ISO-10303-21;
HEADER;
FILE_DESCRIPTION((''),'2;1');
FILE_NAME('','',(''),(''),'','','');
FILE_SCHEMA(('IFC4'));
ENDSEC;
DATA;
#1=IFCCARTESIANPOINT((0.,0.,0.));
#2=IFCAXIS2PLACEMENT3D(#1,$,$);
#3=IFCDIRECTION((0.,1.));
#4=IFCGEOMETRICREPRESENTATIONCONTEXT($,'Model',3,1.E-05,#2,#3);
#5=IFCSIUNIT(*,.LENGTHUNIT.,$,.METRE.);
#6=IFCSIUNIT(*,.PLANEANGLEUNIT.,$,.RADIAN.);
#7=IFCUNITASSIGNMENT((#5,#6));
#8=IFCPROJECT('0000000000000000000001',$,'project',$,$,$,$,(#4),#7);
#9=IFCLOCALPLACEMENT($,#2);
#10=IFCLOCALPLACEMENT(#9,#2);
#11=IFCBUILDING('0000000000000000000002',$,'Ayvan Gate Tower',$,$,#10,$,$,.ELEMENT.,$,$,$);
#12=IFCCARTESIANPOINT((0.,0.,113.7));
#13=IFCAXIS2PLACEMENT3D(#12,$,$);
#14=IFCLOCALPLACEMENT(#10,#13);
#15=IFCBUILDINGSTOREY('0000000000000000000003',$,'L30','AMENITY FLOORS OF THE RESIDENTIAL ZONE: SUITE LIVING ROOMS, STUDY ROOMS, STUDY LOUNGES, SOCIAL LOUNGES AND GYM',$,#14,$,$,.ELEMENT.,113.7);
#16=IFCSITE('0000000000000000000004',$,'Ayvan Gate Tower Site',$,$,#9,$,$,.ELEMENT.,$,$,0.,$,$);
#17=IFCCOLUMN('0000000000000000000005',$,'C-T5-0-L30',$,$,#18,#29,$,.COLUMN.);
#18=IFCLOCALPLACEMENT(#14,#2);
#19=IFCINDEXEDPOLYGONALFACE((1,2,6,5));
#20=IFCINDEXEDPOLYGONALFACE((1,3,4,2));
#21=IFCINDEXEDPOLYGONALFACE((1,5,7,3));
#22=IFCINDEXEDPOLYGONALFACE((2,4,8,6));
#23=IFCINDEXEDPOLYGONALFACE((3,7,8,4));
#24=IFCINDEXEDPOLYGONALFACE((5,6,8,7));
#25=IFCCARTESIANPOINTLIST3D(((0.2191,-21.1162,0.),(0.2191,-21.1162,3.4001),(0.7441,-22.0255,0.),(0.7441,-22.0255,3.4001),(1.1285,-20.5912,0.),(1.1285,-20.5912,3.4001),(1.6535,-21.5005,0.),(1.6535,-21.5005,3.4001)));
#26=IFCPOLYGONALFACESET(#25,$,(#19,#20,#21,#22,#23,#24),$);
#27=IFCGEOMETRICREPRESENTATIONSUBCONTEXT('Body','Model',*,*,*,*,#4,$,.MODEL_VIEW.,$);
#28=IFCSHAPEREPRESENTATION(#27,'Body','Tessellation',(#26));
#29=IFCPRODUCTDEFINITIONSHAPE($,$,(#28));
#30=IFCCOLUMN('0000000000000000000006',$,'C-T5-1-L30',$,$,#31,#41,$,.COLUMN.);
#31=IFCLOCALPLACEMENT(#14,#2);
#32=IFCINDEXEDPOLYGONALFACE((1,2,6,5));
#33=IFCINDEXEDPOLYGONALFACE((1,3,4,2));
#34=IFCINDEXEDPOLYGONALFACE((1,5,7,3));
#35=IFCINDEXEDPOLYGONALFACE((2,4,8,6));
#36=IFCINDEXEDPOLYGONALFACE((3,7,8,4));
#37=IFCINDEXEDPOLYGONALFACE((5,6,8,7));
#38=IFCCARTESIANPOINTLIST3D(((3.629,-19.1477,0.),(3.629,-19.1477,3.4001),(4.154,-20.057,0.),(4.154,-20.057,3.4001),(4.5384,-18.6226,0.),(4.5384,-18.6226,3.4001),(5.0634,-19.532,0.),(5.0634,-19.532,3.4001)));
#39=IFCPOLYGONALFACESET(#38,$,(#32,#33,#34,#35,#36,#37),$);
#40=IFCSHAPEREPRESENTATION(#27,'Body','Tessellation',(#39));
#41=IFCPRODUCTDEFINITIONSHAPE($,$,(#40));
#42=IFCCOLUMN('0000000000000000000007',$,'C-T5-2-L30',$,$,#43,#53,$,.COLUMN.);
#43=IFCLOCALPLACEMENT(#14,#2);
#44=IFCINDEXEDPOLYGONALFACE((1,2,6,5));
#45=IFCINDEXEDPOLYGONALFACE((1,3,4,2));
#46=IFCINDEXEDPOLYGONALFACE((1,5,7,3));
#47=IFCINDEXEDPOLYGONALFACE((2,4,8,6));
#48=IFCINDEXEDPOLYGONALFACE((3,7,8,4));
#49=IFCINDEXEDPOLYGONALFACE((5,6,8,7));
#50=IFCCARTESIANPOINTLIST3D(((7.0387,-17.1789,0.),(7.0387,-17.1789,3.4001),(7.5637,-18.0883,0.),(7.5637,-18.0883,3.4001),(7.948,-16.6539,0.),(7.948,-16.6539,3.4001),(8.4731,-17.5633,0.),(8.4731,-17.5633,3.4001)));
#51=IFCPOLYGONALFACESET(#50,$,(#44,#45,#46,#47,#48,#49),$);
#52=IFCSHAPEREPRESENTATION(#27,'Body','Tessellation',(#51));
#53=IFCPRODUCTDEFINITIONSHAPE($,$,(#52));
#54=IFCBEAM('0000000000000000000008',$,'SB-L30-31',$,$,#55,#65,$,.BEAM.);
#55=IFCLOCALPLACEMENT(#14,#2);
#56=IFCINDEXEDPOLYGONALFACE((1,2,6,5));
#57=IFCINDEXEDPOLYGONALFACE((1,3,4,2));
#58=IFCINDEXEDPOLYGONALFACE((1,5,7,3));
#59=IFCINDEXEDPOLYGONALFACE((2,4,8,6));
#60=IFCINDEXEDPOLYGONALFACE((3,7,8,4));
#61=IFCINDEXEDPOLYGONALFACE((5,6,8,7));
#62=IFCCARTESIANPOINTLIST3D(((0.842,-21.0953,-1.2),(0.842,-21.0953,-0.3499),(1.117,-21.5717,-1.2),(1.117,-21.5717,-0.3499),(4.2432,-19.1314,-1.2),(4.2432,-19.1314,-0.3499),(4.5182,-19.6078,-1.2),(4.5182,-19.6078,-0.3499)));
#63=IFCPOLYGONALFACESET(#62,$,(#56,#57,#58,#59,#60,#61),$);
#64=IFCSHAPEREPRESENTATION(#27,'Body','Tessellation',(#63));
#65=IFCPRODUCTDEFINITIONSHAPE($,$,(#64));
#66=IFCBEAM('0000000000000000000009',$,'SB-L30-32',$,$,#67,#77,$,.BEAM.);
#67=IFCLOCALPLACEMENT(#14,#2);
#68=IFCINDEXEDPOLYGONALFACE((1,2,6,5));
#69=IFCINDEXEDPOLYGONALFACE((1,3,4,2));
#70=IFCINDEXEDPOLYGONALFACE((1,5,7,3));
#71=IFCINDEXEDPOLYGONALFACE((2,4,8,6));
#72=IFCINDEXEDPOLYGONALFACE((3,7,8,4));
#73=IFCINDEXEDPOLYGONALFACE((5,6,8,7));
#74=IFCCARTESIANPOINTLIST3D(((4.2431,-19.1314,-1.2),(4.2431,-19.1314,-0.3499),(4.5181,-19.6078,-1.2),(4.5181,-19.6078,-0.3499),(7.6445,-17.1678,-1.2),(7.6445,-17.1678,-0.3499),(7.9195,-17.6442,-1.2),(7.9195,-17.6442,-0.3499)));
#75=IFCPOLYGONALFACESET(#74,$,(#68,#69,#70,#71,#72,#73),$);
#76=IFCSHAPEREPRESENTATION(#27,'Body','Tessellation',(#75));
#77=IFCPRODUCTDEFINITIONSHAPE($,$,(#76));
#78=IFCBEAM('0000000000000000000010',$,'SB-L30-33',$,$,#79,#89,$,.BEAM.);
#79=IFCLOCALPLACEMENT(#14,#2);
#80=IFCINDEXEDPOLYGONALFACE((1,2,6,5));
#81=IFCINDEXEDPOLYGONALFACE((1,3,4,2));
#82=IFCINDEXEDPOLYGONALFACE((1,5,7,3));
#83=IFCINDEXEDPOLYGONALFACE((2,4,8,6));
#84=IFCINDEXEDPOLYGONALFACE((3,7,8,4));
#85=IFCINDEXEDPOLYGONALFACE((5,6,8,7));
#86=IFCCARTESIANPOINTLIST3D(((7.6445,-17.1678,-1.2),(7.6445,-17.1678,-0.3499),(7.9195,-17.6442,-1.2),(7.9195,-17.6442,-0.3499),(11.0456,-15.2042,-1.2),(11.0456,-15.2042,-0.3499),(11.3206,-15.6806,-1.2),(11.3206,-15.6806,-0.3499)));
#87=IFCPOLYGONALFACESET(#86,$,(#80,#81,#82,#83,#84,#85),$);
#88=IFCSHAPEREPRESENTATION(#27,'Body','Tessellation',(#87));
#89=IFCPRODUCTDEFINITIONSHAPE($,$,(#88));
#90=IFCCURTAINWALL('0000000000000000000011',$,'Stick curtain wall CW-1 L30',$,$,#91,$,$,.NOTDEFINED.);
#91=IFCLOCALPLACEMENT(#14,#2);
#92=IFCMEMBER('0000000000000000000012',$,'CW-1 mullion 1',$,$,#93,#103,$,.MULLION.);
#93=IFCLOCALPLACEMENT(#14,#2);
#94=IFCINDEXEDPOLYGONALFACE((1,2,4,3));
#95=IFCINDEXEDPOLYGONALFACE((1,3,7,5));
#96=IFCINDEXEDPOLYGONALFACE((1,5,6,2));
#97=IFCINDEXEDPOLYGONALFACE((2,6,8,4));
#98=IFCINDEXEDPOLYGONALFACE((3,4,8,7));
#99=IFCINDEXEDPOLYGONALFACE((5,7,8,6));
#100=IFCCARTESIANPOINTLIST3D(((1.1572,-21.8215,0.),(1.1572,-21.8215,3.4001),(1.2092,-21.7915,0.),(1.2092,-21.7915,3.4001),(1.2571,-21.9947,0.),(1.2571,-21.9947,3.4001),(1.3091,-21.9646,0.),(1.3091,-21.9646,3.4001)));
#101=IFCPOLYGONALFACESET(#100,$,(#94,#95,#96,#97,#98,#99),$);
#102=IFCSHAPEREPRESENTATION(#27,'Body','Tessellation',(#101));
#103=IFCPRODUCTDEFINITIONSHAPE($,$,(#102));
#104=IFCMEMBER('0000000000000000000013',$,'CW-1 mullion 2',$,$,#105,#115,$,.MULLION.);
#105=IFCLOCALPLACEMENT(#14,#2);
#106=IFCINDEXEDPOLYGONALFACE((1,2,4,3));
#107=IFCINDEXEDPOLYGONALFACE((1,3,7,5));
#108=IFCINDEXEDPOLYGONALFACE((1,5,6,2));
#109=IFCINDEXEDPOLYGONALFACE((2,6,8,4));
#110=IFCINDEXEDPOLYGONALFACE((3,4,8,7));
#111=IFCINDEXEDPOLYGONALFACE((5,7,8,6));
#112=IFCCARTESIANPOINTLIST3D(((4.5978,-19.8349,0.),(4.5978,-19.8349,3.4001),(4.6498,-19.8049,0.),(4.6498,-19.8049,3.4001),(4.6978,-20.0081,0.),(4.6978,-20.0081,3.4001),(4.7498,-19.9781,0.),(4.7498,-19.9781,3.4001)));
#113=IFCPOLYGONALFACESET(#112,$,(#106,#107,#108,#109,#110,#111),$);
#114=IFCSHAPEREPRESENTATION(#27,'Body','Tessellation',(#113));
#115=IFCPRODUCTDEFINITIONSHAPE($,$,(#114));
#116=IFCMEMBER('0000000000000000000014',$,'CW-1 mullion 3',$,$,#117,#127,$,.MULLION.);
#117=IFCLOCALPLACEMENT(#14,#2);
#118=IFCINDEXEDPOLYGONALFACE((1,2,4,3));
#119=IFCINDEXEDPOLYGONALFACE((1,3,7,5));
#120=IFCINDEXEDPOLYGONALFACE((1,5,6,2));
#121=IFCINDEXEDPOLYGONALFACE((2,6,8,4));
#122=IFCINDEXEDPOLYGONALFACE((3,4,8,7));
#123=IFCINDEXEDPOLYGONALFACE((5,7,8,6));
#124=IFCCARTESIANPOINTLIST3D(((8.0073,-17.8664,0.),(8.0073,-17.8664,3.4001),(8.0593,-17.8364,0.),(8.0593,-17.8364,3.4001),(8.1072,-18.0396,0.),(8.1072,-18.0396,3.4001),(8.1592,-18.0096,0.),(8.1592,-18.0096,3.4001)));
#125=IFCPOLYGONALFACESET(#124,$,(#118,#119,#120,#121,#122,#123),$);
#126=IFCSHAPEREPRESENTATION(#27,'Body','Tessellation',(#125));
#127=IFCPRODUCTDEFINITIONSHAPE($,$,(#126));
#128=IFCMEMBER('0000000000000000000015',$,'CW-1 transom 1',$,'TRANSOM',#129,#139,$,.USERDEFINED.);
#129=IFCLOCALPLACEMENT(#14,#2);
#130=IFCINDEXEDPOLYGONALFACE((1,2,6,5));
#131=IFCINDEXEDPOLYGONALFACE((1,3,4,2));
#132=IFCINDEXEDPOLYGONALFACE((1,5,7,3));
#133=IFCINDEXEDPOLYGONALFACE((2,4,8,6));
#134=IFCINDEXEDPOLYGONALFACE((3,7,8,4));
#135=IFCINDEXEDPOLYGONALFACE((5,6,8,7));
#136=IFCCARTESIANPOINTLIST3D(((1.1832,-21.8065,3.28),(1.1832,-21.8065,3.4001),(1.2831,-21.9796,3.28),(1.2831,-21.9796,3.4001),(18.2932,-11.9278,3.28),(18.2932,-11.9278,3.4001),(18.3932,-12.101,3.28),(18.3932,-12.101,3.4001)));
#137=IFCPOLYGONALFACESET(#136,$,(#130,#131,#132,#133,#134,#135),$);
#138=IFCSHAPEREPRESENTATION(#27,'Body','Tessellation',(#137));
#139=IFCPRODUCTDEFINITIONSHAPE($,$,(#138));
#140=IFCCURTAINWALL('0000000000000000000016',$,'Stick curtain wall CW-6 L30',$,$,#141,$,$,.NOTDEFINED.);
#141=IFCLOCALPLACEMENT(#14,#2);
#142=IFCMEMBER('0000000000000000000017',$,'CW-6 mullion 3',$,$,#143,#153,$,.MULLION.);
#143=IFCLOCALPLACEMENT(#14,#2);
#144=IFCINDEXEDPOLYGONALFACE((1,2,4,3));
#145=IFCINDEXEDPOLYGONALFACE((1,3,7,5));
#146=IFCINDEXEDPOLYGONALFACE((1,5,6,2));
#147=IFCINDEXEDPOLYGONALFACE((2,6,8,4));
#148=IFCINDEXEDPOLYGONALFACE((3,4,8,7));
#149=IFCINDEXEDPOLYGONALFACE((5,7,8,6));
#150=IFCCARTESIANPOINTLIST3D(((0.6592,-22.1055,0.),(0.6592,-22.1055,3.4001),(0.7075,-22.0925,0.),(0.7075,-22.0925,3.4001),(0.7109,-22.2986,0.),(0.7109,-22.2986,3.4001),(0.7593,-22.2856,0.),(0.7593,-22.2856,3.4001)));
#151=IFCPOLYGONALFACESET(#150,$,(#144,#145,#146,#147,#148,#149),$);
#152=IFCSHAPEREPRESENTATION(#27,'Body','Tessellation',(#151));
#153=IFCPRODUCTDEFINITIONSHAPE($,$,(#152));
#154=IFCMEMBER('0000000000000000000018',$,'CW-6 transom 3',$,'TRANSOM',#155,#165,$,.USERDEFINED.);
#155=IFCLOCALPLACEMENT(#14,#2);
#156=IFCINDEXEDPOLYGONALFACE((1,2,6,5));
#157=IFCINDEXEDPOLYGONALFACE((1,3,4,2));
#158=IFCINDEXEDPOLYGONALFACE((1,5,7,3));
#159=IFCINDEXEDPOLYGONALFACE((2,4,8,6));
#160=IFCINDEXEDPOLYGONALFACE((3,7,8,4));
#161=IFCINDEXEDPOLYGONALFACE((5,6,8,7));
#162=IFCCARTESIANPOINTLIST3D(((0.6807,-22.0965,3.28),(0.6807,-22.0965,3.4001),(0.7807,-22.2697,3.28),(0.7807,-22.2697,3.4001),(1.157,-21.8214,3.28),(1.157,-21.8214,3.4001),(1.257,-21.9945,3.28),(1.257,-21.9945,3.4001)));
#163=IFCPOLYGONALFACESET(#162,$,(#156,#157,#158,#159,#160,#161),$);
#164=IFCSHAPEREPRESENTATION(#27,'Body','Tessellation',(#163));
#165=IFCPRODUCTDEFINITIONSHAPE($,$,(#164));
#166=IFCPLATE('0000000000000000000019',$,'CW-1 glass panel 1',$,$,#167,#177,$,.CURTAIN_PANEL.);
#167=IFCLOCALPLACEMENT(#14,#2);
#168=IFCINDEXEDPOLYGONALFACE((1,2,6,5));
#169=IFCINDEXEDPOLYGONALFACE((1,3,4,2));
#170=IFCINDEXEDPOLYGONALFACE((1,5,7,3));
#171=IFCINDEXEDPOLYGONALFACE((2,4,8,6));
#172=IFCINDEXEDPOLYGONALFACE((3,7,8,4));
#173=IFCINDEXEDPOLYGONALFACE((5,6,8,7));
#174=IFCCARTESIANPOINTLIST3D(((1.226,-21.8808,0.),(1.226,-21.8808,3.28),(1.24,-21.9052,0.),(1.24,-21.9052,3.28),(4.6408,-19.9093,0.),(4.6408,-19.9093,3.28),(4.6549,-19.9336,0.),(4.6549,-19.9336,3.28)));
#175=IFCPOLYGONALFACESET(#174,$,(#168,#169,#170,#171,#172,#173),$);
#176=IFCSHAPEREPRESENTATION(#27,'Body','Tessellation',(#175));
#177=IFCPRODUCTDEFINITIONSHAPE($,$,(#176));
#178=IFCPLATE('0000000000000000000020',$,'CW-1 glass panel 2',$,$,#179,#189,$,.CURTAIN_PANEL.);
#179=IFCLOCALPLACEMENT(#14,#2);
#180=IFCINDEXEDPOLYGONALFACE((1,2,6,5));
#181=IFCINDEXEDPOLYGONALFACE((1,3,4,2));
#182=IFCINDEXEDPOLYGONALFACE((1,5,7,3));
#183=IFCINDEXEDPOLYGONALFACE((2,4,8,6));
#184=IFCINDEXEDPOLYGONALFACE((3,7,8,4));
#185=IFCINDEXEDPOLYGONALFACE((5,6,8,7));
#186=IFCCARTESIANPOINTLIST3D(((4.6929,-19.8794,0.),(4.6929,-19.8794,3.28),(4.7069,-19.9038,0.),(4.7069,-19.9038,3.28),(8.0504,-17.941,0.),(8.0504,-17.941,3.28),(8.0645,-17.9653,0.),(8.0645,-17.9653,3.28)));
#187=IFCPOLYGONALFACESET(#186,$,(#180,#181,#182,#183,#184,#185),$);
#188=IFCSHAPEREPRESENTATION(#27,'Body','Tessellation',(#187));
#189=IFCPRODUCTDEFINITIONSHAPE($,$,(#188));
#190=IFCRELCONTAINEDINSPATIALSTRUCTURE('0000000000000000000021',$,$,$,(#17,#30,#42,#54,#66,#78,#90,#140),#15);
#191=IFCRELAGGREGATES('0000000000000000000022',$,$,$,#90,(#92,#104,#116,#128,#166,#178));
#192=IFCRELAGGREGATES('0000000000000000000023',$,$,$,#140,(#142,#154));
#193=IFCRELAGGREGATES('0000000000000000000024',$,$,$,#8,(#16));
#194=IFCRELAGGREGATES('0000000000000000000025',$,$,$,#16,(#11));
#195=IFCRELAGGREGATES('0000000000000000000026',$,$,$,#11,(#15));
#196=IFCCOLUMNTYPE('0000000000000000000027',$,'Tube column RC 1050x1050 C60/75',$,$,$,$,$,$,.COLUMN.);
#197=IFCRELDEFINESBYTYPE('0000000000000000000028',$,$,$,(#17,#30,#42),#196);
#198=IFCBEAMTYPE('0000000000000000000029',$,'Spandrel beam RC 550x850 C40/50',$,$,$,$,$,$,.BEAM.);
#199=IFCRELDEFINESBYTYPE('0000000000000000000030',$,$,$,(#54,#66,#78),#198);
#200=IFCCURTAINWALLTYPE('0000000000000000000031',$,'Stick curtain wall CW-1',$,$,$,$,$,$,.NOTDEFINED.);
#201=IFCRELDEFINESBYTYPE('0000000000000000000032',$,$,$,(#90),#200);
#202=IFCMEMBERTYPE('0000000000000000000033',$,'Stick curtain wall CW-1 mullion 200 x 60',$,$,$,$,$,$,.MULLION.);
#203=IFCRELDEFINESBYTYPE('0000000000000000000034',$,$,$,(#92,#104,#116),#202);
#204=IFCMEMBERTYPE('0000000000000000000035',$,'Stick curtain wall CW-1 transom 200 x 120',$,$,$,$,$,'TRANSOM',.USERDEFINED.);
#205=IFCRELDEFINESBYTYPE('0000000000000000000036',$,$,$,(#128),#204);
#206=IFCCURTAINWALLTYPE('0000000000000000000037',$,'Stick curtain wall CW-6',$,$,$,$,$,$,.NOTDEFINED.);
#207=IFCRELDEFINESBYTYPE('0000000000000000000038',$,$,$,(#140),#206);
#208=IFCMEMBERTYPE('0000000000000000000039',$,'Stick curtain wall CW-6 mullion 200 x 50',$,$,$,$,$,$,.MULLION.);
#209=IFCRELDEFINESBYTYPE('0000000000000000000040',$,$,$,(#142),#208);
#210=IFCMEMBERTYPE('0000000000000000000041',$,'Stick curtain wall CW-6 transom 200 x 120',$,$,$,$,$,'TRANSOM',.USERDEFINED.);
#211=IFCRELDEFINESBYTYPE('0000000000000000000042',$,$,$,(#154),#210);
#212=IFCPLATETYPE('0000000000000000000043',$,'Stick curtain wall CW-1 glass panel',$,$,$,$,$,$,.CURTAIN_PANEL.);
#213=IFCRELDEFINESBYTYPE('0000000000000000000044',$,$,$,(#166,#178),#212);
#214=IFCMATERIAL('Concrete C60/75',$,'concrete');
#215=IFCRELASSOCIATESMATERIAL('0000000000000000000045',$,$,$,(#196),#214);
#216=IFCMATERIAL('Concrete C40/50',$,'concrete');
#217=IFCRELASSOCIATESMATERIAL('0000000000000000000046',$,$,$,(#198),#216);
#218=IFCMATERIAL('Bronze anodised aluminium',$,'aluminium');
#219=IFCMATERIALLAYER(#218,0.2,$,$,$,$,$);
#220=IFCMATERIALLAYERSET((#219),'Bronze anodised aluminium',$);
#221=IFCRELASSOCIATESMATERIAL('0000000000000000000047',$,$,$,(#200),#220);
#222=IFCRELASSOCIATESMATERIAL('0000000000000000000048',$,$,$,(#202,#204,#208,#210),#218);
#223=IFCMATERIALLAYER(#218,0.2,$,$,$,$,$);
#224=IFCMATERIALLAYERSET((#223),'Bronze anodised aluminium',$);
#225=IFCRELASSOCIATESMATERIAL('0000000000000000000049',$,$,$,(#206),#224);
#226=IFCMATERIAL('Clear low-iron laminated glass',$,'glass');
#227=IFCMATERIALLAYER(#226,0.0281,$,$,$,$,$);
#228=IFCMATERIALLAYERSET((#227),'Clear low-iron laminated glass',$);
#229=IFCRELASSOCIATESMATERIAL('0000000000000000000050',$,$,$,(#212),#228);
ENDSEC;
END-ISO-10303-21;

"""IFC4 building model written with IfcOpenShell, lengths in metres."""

from ifc_helpers import new_model, si_unit, direction, frame, origin, origin_2d, place, context, subcontext, project, spatial, rectangle, extrude, material, layer, layer_set, material_profile, profile_set, type_object, element, aggregate, save


model = new_model("IFC4")

# Units and contexts
model_context = context("Model", 3, precision=1e-05, world=origin(), true_north=direction((0.0, 1.0)))
body_context = subcontext(model_context, "Body", "Model", "MODEL_VIEW")
ifc_project = project(units=[si_unit("LENGTHUNIT", "METRE"), si_unit("PLANEANGLEUNIT", "RADIAN")], contexts=[model_context])

# Site, building, storey
site_placement = place(None, origin())
site = spatial("IfcSite", under=ifc_project, at=site_placement, Name="Ayvan Gate Tower Site", CompositionType="ELEMENT", RefElevation=0.0)
building_placement = place(site_placement, origin())
building = spatial("IfcBuilding", under=site, at=building_placement, Name="Ayvan Gate Tower", CompositionType="ELEMENT")
storey_placement = place(building_placement, frame((0.0, 0.0, 113.7)))
storey = spatial("IfcBuildingStorey", under=building, at=storey_placement, Name="L30", Description="AMENITY FLOORS OF THE RESIDENTIAL ZONE: SUITE LIVING ROOMS, STUDY ROOMS, STUDY LOUNGES, SOCIAL LOUNGES AND GYM", CompositionType="ELEMENT", Elevation=113.7)

# Columns
ifc_material_1 = material(Name="Concrete C60/75", Category="concrete")
ifc_material_profile_1 = material_profile(ifc_material_1, rectangle(XDim=1.05, YDim=1.05, at=origin_2d()), Name="RC 1050x1050")
ifc_profile_set_1 = profile_set([ifc_material_profile_1], Name="Concrete C60/75")
column_type = type_object("IfcColumnType", Name="Tube column RC 1050x1050 C60/75", PredefinedType="COLUMN", material=ifc_profile_set_1)
for number, where, z_axis, x_axis, name in (
    (1, (0.9363, -21.3083, 0.0), (0.0, 0.0, 1.0), (0.5, -0.866025, 0.0), "C-T5-0-L30"),
    (2, (4.3462, -19.3398, 0.0), (0.0, 0.0, 1.0), (0.5, -0.866025, 0.0), "C-T5-1-L30"),
    (3, (7.7559, -17.3711, 0.0), (0.0, 0.0, 1.0), (0.5, -0.866025, 0.0), "C-T5-2-L30"),
):
    element("IfcColumn", number, at=place(storey_placement, frame(where, z_axis=z_axis, x_axis=x_axis)), inside=storey, type_object=column_type, Name=name, PredefinedType="COLUMN", context=body_context, shape_type="SweptSolid", body=[
        extrude(rectangle(XDim=1.05, YDim=1.05, at=origin_2d()), origin(), (0.0, 0.0, 1.0), 3.4001),
    ])

# Beams
ifc_material_2 = material(Name="Concrete C40/50", Category="concrete")
ifc_material_profile_2 = material_profile(ifc_material_2, rectangle(XDim=0.55, YDim=0.8501, at=origin_2d()), Name="RC 550x850")
ifc_profile_set_2 = profile_set([ifc_material_profile_2], Name="Concrete C40/50")
beam_type = type_object("IfcBeamType", Name="Spandrel beam RC 550x850 C40/50", PredefinedType="BEAM", material=ifc_profile_set_2)
for number, where, z_axis, x_axis, name in (
    (4, (0.9795, -21.3335, -0.7749), (0.866, 0.500044, 0.0), (-0.500044, 0.866, 0.0), "SB-L30-31"),
    (5, (4.3806, -19.3696, -0.7749), (0.866043, 0.49997, 0.0), (-0.49997, 0.866043, 0.0), "SB-L30-32"),
):
    element("IfcBeam", number, at=place(storey_placement, frame(where, z_axis=z_axis, x_axis=x_axis)), inside=storey, type_object=beam_type, Name=name, PredefinedType="BEAM", context=body_context, shape_type="SweptSolid", body=[
        extrude(rectangle(XDim=0.55, YDim=0.8501, at=origin_2d()), origin(), (0.0, 0.0, 1.0), 3.9275),
    ])
beam_placement = place(storey_placement, frame((7.782, -17.406, -0.7749), z_axis=(0.866027, 0.499997, 0.0), x_axis=(-0.499997, 0.866027, 0.0)))
element("IfcBeam", 6, at=beam_placement, inside=storey, type_object=beam_type, Name="SB-L30-33", PredefinedType="BEAM", context=body_context, shape_type="SweptSolid", body=[
    extrude(rectangle(XDim=0.55, YDim=0.8501, at=origin_2d()), origin(), (0.0, 0.0, 1.0), 3.9272),
])

# Curtain walls, members
ifc_material_3 = material(Name="Bronze anodised aluminium", Category="aluminium")
ifc_layer_1 = layer(ifc_material_3, 0.2)
ifc_layer_set_1 = layer_set([ifc_layer_1], Name="Bronze anodised aluminium")
curtain_wall_type_1 = type_object("IfcCurtainWallType", Name="Stick curtain wall CW-1", PredefinedType="NOTDEFINED", material=ifc_layer_set_1)
curtain_wall_1_placement = place(storey_placement, origin())
curtain_wall_1 = element("IfcCurtainWall", 7, at=curtain_wall_1_placement, inside=storey, type_object=curtain_wall_type_1, Name="Stick curtain wall CW-1 L30", PredefinedType="NOTDEFINED")
ifc_material_profile_3 = material_profile(ifc_material_3, rectangle(XDim=0.2, YDim=0.0601, at=origin_2d()), Name="Stick curtain wall CW-1 mullion 200 x 60")
ifc_profile_set_3 = profile_set([ifc_material_profile_3], Name="Bronze anodised aluminium")
member_type_1 = type_object("IfcMemberType", Name="Stick curtain wall CW-1 mullion 200 x 60", PredefinedType="MULLION", material=ifc_profile_set_3)
member_1_placement = place(storey_placement, frame((1.2332, -21.8931, 0.0), z_axis=(0.0, 0.0, 1.0), x_axis=(0.5, -0.866025, 0.0)))
member_1 = element("IfcMember", 8, at=member_1_placement, type_object=member_type_1, Name="CW-1 mullion 1", PredefinedType="MULLION", context=body_context, shape_type="SweptSolid", body=[
    extrude(rectangle(XDim=0.2, YDim=0.0601, at=origin_2d()), origin(), (0.0, 0.0, 1.0), 3.4001),
])
member_2_placement = place(storey_placement, frame((4.6738, -19.9065, 0.0), z_axis=(0.0, 0.0, 1.0), x_axis=(0.5, -0.866025, 0.0)))
member_2 = element("IfcMember", 9, at=member_2_placement, type_object=member_type_1, Name="CW-1 mullion 2", PredefinedType="MULLION", context=body_context, shape_type="SweptSolid", body=[
    extrude(rectangle(XDim=0.2, YDim=0.0601, at=origin_2d()), origin(), (0.0, 0.0, 1.0), 3.4001),
])
member_3_placement = place(storey_placement, frame((8.0833, -17.938, 0.0), z_axis=(0.0, 0.0, 1.0), x_axis=(0.5, -0.866025, 0.0)))
member_3 = element("IfcMember", 10, at=member_3_placement, type_object=member_type_1, Name="CW-1 mullion 3", PredefinedType="MULLION", context=body_context, shape_type="SweptSolid", body=[
    extrude(rectangle(XDim=0.2, YDim=0.0601, at=origin_2d()), origin(), (0.0, 0.0, 1.0), 3.4001),
])
ifc_material_profile_4 = material_profile(ifc_material_3, rectangle(XDim=0.2, YDim=0.1201, at=origin_2d()), Name="Stick curtain wall CW-1 transom 200 x 120")
ifc_profile_set_4 = profile_set([ifc_material_profile_4], Name="Bronze anodised aluminium")
member_type_2 = type_object("IfcMemberType", Name="Stick curtain wall CW-1 transom 200 x 120", ElementType="TRANSOM", PredefinedType="USERDEFINED", material=ifc_profile_set_4)
member_4_placement = place(storey_placement, frame((1.2332, -21.8931, 3.3401), z_axis=(0.866022, 0.500005, 0.0), x_axis=(-0.500005, 0.866022, 0.0)))
member_4 = element("IfcMember", 11, at=member_4_placement, type_object=member_type_2, Name="CW-1 transom 1", ObjectType="TRANSOM", PredefinedType="USERDEFINED", context=body_context, shape_type="SweptSolid", body=[
    extrude(rectangle(XDim=0.2, YDim=0.1201, at=origin_2d()), origin(), (0.0, 0.0, 1.0), 19.7571),
])
ifc_layer_2 = layer(ifc_material_3, 0.2)
ifc_layer_set_2 = layer_set([ifc_layer_2], Name="Bronze anodised aluminium")
curtain_wall_type_2 = type_object("IfcCurtainWallType", Name="Stick curtain wall CW-6", PredefinedType="NOTDEFINED", material=ifc_layer_set_2)
curtain_wall_2_placement = place(storey_placement, origin())
curtain_wall_2 = element("IfcCurtainWall", 12, at=curtain_wall_2_placement, inside=storey, type_object=curtain_wall_type_2, Name="Stick curtain wall CW-6 L30", PredefinedType="NOTDEFINED")
ifc_material_profile_5 = material_profile(ifc_material_3, rectangle(XDim=0.2, YDim=0.05, at=origin_2d()), Name="Stick curtain wall CW-6 mullion 200 x 50")
ifc_profile_set_5 = profile_set([ifc_material_profile_5], Name="Bronze anodised aluminium")
member_type_3 = type_object("IfcMemberType", Name="Stick curtain wall CW-6 mullion 200 x 50", PredefinedType="MULLION", material=ifc_profile_set_5)
member_5_placement = place(storey_placement, frame((0.7092, -22.1956, 0.0), z_axis=(0.0, 0.0, 1.0), x_axis=(0.258819, -0.965926, 0.0)))
member_5 = element("IfcMember", 13, at=member_5_placement, type_object=member_type_3, Name="CW-6 mullion 3", PredefinedType="MULLION", context=body_context, shape_type="SweptSolid", body=[
    extrude(rectangle(XDim=0.2, YDim=0.05, at=origin_2d()), origin(), (0.0, 0.0, 1.0), 3.4001),
])
ifc_material_profile_6 = material_profile(ifc_material_3, rectangle(XDim=0.2, YDim=0.1201, at=origin_2d()), Name="Stick curtain wall CW-6 transom 200 x 120")
ifc_profile_set_6 = profile_set([ifc_material_profile_6], Name="Bronze anodised aluminium")
member_type_4 = type_object("IfcMemberType", Name="Stick curtain wall CW-6 transom 200 x 120", ElementType="TRANSOM", PredefinedType="USERDEFINED", material=ifc_profile_set_6)
member_6_placement = place(storey_placement, frame((0.7307, -22.1831, 3.3401), z_axis=(0.865912, 0.500196, 0.0), x_axis=(-0.500196, 0.865912, 0.0)))
member_6 = element("IfcMember", 14, at=member_6_placement, type_object=member_type_4, Name="CW-6 transom 3", ObjectType="TRANSOM", PredefinedType="USERDEFINED", context=body_context, shape_type="SweptSolid", body=[
    extrude(rectangle(XDim=0.2, YDim=0.1201, at=origin_2d()), origin(), (0.0, 0.0, 1.0), 0.55),
])

# Plates
ifc_material_4 = material(Name="Clear low-iron laminated glass", Category="glass")
ifc_layer_3 = layer(ifc_material_4, 0.0281)
ifc_layer_set_3 = layer_set([ifc_layer_3], Name="Clear low-iron laminated glass")
plate_type_1 = type_object("IfcPlateType", Name="Stick curtain wall CW-1 glass panel", PredefinedType="CURTAIN_PANEL", material=ifc_layer_set_3)
plate_1_placement = place(storey_placement, frame((2.9404, -20.9072, 0.0), z_axis=(0.0, 0.0, 1.0), x_axis=(0.866025, 0.5, 0.0)))
plate_1 = element("IfcPlate", 15, at=plate_1_placement, type_object=plate_type_1, Name="CW-1 glass panel 1", PredefinedType="CURTAIN_PANEL", context=body_context, shape_type="SweptSolid", body=[
    extrude(rectangle(XDim=3.9431, YDim=0.0281, at=origin_2d()), origin(), (0.0, 0.0, 1.0), 3.28),
])
plate_2_placement = place(storey_placement, frame((6.3787, -18.9224, 0.0), z_axis=(0.0, 0.0, 1.0), x_axis=(0.866025, 0.5, 0.0)))
plate_2 = element("IfcPlate", 16, at=plate_2_placement, type_object=plate_type_1, Name="CW-1 glass panel 2", PredefinedType="CURTAIN_PANEL", context=body_context, shape_type="SweptSolid", body=[
    extrude(rectangle(XDim=3.877, YDim=0.0281, at=origin_2d()), origin(), (0.0, 0.0, 1.0), 3.28),
])
aggregate(curtain_wall_1, [member_1, member_2, member_3, member_4, plate_1, plate_2])
aggregate(curtain_wall_2, [member_5, member_6])

save(model, "model.ifc")
